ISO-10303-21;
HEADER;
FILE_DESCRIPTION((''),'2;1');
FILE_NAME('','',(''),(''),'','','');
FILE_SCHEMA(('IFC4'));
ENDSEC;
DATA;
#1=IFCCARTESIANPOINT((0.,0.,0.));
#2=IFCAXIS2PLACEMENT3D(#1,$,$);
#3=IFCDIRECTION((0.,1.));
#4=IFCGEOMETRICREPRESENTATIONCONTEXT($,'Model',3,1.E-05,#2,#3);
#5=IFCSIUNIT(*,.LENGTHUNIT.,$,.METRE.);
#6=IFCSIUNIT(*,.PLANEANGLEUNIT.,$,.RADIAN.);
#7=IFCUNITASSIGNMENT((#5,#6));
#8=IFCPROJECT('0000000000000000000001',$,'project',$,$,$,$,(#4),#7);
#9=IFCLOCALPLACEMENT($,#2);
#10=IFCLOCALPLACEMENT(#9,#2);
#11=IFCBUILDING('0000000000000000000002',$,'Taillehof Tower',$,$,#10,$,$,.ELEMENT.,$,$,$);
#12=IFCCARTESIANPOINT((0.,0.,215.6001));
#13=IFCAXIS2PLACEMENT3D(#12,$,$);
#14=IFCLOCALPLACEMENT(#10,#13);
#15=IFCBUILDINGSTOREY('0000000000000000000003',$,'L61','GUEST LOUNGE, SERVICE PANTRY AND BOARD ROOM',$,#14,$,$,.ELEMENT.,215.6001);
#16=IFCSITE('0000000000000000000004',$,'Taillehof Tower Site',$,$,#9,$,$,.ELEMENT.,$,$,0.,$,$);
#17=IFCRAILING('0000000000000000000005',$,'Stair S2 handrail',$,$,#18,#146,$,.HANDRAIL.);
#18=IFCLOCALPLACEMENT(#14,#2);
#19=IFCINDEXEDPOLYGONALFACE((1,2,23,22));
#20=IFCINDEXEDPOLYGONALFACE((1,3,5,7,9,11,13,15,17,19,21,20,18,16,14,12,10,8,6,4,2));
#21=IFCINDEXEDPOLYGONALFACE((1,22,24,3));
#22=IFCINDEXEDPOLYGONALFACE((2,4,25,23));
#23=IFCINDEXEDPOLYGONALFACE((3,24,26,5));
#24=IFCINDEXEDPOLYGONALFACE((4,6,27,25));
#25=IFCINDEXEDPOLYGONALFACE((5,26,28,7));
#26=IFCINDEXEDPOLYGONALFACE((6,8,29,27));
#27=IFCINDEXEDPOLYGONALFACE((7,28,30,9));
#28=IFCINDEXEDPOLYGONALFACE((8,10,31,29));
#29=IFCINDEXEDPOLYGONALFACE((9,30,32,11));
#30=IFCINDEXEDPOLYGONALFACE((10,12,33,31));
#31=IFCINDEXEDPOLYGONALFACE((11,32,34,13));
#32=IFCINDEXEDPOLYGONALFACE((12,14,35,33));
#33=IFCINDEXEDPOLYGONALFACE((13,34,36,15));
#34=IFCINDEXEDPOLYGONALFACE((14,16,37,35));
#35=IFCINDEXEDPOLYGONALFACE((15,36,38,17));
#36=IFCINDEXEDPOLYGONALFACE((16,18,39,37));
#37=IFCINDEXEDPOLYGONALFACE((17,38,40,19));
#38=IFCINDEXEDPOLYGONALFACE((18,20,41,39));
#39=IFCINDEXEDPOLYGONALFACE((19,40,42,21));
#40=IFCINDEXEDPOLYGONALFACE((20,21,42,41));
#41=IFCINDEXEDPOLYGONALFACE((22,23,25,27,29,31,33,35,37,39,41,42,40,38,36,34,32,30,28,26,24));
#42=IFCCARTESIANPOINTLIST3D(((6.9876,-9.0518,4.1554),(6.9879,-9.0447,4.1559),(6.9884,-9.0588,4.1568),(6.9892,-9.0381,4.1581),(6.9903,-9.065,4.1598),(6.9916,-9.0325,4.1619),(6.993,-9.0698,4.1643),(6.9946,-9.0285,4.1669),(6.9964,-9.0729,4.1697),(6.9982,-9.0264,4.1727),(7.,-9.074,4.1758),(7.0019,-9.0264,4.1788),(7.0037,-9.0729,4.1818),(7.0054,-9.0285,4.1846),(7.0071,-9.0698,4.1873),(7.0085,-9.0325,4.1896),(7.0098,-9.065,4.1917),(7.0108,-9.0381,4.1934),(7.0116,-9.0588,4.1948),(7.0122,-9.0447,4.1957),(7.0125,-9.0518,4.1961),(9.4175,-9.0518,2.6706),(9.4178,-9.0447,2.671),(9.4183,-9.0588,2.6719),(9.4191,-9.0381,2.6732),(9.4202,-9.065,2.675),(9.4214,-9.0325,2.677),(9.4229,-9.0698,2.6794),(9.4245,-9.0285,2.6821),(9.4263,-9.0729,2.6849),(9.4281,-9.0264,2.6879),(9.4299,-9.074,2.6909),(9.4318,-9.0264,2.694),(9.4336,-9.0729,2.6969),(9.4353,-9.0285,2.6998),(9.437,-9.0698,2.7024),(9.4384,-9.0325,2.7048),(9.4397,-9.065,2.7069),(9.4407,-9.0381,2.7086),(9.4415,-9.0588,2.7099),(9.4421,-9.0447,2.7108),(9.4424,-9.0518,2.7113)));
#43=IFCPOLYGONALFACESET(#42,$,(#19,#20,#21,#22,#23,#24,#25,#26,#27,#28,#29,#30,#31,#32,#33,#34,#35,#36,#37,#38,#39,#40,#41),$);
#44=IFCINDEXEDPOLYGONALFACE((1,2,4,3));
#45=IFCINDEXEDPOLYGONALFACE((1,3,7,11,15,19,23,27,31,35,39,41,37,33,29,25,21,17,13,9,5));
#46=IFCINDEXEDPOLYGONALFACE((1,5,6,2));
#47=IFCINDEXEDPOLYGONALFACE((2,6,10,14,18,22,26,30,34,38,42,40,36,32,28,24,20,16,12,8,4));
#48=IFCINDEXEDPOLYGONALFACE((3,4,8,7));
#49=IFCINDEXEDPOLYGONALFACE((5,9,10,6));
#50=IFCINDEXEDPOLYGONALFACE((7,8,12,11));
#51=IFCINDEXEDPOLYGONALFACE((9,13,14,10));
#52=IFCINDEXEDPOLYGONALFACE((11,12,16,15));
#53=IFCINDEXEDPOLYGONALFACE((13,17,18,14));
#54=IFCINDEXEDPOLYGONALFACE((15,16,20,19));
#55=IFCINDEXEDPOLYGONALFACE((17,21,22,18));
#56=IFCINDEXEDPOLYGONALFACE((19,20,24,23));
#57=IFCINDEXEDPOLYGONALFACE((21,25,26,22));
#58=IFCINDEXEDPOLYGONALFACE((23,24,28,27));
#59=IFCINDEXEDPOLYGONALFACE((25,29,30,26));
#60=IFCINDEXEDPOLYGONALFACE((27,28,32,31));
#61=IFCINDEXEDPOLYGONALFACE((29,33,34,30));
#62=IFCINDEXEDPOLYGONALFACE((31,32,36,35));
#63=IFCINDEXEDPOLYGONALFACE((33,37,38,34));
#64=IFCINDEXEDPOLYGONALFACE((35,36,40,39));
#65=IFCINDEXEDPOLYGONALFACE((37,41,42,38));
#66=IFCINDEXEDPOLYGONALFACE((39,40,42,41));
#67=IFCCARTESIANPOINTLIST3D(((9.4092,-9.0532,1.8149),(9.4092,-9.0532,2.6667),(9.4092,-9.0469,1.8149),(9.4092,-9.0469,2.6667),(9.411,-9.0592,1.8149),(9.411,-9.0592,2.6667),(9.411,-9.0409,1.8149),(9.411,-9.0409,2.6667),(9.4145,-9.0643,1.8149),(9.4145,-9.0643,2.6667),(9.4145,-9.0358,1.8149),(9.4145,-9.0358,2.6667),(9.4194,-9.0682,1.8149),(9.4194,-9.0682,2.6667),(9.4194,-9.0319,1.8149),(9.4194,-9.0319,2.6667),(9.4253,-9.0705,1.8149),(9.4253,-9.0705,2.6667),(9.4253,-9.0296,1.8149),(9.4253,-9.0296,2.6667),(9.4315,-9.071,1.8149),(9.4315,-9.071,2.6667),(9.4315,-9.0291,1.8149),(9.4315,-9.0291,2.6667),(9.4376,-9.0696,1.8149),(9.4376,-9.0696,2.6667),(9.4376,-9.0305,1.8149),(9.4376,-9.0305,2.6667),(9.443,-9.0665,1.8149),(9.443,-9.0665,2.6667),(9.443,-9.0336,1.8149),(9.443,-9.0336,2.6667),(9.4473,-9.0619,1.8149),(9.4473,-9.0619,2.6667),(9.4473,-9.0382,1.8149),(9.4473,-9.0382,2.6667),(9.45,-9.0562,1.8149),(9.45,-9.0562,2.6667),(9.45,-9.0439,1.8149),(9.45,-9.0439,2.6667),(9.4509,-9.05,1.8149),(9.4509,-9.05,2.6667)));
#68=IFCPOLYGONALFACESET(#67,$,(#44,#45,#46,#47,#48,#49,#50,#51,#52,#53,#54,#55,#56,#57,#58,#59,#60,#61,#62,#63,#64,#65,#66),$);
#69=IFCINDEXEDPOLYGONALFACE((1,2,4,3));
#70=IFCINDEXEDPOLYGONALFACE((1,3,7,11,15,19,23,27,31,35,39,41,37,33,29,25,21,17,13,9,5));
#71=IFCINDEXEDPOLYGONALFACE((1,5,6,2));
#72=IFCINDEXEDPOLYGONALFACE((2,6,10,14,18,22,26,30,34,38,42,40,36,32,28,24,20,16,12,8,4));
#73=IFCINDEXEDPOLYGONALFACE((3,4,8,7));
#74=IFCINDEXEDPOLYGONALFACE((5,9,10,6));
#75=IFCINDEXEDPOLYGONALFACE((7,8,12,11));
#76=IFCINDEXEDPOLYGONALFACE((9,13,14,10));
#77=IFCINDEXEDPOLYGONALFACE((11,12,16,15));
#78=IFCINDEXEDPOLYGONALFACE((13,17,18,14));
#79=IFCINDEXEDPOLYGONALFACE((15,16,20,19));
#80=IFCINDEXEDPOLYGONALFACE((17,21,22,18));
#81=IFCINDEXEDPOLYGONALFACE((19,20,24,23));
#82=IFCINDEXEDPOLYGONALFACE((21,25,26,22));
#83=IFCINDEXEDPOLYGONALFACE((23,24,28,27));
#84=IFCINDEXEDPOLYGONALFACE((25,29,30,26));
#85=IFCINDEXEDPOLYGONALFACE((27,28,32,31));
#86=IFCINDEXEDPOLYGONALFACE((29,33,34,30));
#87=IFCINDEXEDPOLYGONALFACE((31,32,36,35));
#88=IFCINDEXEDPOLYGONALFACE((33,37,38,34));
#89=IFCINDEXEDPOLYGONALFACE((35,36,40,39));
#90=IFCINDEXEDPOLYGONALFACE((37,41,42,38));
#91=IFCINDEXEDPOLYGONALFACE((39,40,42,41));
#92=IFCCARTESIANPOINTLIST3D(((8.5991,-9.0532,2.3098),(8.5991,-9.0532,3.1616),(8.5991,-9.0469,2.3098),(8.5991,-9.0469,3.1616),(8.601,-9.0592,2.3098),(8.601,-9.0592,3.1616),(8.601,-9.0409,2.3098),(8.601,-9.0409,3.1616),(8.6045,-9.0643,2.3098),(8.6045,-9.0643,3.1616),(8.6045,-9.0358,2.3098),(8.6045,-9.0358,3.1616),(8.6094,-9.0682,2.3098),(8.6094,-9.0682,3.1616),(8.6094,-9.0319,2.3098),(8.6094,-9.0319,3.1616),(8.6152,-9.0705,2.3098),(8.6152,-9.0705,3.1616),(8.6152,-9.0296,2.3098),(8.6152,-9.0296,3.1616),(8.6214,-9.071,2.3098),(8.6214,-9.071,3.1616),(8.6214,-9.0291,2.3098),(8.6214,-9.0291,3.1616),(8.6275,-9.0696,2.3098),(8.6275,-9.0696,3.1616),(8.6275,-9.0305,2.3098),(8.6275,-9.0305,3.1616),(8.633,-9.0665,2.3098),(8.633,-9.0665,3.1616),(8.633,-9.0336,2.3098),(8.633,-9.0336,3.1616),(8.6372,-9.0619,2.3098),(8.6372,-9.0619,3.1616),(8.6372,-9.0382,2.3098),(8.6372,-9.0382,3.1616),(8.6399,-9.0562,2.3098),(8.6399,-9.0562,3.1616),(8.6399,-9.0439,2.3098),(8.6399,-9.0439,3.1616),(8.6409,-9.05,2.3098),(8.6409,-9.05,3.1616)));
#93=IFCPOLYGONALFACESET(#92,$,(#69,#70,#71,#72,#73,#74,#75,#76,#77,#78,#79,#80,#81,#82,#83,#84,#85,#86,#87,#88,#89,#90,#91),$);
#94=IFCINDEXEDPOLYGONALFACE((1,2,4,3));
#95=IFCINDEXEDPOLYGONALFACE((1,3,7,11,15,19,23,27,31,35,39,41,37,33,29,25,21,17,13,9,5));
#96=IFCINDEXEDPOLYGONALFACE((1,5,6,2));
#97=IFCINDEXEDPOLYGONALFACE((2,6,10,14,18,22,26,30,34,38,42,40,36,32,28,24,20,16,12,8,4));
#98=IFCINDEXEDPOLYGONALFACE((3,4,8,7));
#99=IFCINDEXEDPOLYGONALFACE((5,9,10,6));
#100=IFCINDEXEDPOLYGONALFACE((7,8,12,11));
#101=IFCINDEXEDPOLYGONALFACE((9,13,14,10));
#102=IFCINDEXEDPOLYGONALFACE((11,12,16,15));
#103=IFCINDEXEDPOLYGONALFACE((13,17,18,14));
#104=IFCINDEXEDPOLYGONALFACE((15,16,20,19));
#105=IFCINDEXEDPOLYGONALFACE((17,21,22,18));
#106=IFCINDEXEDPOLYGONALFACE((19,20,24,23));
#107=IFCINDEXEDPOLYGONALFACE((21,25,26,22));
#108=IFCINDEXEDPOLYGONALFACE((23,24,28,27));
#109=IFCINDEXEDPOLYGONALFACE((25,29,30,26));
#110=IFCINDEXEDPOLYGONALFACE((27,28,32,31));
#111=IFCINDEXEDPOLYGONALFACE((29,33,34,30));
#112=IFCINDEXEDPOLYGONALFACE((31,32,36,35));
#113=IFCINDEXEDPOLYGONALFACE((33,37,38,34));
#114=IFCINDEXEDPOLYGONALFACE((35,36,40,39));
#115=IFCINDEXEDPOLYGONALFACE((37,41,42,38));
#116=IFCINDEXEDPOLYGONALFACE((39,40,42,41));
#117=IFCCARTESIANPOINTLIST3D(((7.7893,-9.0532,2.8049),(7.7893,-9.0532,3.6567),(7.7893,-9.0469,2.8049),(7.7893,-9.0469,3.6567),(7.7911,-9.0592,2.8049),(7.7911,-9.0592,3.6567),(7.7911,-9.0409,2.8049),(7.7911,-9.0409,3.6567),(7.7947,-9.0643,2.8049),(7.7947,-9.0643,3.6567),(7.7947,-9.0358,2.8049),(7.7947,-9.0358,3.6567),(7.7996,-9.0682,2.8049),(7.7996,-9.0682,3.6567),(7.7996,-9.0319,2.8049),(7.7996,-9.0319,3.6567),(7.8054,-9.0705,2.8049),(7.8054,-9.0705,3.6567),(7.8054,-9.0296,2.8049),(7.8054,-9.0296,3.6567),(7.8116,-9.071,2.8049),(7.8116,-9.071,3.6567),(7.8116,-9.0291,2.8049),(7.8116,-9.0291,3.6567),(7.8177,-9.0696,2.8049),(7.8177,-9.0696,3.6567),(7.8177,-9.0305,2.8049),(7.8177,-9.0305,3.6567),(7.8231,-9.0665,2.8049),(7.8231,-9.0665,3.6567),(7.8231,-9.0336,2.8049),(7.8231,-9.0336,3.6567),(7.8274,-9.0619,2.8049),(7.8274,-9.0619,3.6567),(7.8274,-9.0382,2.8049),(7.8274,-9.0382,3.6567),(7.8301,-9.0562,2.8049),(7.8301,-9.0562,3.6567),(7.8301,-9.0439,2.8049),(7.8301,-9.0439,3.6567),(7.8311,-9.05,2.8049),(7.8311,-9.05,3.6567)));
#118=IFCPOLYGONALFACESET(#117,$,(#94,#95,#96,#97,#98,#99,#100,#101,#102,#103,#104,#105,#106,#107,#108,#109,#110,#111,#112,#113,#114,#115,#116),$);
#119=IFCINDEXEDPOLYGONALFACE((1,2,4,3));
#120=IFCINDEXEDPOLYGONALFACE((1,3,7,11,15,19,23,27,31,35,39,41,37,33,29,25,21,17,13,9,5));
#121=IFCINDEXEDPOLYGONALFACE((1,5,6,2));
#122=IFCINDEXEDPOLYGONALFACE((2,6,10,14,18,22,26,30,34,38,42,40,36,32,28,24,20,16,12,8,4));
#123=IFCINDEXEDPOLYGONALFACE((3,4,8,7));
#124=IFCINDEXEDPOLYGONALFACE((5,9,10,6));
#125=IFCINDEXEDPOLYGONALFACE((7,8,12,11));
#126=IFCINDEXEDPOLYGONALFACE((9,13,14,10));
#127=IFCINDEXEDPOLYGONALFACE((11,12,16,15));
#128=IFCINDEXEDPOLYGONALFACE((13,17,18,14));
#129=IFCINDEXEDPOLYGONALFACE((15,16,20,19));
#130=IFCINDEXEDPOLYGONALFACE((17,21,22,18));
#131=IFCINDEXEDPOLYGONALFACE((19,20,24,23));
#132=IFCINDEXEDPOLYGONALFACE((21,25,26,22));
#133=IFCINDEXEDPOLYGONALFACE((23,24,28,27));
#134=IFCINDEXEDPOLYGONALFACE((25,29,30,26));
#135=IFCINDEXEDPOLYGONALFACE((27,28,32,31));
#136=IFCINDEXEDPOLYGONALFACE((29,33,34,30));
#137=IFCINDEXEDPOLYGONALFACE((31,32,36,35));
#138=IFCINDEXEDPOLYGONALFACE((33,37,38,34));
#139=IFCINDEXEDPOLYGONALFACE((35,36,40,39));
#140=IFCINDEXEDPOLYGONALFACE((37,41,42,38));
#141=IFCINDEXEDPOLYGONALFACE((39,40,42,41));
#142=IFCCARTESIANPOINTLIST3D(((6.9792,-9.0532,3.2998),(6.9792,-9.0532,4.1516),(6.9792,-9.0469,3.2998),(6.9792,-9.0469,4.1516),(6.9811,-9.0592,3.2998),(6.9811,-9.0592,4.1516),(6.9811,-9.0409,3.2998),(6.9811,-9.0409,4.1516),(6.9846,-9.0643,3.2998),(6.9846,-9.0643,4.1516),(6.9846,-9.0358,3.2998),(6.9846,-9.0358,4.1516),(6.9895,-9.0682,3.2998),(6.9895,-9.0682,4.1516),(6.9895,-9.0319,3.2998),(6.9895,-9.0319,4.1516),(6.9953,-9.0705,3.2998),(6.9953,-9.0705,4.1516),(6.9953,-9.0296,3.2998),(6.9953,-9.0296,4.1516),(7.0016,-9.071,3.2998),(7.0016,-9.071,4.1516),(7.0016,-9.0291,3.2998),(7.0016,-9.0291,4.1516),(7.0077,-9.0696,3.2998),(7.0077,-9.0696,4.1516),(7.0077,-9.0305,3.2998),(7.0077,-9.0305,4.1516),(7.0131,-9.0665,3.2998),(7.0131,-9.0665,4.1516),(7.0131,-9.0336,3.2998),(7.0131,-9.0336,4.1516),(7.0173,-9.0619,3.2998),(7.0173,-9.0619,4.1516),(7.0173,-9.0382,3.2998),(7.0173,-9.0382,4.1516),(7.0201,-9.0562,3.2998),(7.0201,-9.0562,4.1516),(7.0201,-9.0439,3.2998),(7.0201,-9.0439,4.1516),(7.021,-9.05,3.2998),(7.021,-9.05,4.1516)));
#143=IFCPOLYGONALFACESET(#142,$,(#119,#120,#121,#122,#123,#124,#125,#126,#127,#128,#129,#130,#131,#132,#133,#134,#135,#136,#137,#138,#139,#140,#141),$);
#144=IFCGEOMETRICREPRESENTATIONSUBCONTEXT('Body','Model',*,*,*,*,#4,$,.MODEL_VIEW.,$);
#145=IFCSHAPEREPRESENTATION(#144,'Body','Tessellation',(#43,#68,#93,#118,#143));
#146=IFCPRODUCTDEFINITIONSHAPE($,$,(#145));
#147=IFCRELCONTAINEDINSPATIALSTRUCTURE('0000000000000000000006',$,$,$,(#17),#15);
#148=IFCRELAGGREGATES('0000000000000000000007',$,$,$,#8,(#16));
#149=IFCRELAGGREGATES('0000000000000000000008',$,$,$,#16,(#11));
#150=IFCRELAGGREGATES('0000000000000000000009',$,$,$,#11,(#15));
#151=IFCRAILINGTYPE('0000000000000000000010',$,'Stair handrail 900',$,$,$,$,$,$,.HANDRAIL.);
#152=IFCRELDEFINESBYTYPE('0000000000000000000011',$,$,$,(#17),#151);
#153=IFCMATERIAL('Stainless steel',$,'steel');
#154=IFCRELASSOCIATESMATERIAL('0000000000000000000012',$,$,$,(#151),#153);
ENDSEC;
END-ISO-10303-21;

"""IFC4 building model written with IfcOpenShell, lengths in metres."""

from ifc_helpers import new_model, si_unit, direction, frame, origin, origin_2d, place, context, subcontext, project, spatial, circle, extrude, material, type_object, element, save


model = new_model("IFC4")

# Units and contexts
model_context = context("Model", 3, precision=1e-05, world=origin(), true_north=direction((0.0, 1.0)))
body_context = subcontext(model_context, "Body", "Model", "MODEL_VIEW")
ifc_project = project(units=[si_unit("LENGTHUNIT", "METRE"), si_unit("PLANEANGLEUNIT", "RADIAN")], contexts=[model_context])

# Site, building, storey
site_placement = place(None, origin())
site = spatial("IfcSite", under=ifc_project, at=site_placement, Name="Taillehof Tower Site", CompositionType="ELEMENT", RefElevation=0.0)
building_placement = place(site_placement, origin())
building = spatial("IfcBuilding", under=site, at=building_placement, Name="Taillehof Tower", CompositionType="ELEMENT")
storey_placement = place(building_placement, frame((0.0, 0.0, 215.6001)))
storey = spatial("IfcBuildingStorey", under=building, at=storey_placement, Name="L61", Description="GUEST LOUNGE, SERVICE PANTRY AND BOARD ROOM", CompositionType="ELEMENT", Elevation=215.6001)

# Railing
ifc_material_1 = material(Name="Stainless steel", Category="steel")
railing_type = type_object("IfcRailingType", Name="Stair handrail 900", PredefinedType="HANDRAIL", material=ifc_material_1)
railing_placement = place(storey_placement, frame((9.4299, -9.05, 1.8149)))
element("IfcRailing", 1, at=railing_placement, inside=storey, type_object=railing_type, Name="Stair S2 handrail", PredefinedType="HANDRAIL", context=body_context, shape_type="SweptSolid", body=[
    extrude(circle(Radius=0.0239, at=origin_2d()), frame((0.0, 0.0, 0.876), z_axis=(-0.853297, 0.0, 0.521426), x_axis=(0.0, -1.0, 0.0)), (0.0, 0.0, 1.0), 2.8477),
    extrude(circle(Radius=0.021, at=origin_2d()), origin(), (0.0, 0.0, 1.0), 0.8518),
    extrude(circle(Radius=0.021, at=origin_2d()), frame((-0.8101, 0.0, 0.4949)), (0.0, 0.0, 1.0), 0.8518),
    extrude(circle(Radius=0.021, at=origin_2d()), frame((-1.6199, 0.0, 0.99)), (0.0, 0.0, 1.0), 0.8518),
    extrude(circle(Radius=0.021, at=origin_2d()), frame((-2.4299, 0.0, 1.4849)), (0.0, 0.0, 1.0), 0.8518),
])

save(model, "model.ifc")
